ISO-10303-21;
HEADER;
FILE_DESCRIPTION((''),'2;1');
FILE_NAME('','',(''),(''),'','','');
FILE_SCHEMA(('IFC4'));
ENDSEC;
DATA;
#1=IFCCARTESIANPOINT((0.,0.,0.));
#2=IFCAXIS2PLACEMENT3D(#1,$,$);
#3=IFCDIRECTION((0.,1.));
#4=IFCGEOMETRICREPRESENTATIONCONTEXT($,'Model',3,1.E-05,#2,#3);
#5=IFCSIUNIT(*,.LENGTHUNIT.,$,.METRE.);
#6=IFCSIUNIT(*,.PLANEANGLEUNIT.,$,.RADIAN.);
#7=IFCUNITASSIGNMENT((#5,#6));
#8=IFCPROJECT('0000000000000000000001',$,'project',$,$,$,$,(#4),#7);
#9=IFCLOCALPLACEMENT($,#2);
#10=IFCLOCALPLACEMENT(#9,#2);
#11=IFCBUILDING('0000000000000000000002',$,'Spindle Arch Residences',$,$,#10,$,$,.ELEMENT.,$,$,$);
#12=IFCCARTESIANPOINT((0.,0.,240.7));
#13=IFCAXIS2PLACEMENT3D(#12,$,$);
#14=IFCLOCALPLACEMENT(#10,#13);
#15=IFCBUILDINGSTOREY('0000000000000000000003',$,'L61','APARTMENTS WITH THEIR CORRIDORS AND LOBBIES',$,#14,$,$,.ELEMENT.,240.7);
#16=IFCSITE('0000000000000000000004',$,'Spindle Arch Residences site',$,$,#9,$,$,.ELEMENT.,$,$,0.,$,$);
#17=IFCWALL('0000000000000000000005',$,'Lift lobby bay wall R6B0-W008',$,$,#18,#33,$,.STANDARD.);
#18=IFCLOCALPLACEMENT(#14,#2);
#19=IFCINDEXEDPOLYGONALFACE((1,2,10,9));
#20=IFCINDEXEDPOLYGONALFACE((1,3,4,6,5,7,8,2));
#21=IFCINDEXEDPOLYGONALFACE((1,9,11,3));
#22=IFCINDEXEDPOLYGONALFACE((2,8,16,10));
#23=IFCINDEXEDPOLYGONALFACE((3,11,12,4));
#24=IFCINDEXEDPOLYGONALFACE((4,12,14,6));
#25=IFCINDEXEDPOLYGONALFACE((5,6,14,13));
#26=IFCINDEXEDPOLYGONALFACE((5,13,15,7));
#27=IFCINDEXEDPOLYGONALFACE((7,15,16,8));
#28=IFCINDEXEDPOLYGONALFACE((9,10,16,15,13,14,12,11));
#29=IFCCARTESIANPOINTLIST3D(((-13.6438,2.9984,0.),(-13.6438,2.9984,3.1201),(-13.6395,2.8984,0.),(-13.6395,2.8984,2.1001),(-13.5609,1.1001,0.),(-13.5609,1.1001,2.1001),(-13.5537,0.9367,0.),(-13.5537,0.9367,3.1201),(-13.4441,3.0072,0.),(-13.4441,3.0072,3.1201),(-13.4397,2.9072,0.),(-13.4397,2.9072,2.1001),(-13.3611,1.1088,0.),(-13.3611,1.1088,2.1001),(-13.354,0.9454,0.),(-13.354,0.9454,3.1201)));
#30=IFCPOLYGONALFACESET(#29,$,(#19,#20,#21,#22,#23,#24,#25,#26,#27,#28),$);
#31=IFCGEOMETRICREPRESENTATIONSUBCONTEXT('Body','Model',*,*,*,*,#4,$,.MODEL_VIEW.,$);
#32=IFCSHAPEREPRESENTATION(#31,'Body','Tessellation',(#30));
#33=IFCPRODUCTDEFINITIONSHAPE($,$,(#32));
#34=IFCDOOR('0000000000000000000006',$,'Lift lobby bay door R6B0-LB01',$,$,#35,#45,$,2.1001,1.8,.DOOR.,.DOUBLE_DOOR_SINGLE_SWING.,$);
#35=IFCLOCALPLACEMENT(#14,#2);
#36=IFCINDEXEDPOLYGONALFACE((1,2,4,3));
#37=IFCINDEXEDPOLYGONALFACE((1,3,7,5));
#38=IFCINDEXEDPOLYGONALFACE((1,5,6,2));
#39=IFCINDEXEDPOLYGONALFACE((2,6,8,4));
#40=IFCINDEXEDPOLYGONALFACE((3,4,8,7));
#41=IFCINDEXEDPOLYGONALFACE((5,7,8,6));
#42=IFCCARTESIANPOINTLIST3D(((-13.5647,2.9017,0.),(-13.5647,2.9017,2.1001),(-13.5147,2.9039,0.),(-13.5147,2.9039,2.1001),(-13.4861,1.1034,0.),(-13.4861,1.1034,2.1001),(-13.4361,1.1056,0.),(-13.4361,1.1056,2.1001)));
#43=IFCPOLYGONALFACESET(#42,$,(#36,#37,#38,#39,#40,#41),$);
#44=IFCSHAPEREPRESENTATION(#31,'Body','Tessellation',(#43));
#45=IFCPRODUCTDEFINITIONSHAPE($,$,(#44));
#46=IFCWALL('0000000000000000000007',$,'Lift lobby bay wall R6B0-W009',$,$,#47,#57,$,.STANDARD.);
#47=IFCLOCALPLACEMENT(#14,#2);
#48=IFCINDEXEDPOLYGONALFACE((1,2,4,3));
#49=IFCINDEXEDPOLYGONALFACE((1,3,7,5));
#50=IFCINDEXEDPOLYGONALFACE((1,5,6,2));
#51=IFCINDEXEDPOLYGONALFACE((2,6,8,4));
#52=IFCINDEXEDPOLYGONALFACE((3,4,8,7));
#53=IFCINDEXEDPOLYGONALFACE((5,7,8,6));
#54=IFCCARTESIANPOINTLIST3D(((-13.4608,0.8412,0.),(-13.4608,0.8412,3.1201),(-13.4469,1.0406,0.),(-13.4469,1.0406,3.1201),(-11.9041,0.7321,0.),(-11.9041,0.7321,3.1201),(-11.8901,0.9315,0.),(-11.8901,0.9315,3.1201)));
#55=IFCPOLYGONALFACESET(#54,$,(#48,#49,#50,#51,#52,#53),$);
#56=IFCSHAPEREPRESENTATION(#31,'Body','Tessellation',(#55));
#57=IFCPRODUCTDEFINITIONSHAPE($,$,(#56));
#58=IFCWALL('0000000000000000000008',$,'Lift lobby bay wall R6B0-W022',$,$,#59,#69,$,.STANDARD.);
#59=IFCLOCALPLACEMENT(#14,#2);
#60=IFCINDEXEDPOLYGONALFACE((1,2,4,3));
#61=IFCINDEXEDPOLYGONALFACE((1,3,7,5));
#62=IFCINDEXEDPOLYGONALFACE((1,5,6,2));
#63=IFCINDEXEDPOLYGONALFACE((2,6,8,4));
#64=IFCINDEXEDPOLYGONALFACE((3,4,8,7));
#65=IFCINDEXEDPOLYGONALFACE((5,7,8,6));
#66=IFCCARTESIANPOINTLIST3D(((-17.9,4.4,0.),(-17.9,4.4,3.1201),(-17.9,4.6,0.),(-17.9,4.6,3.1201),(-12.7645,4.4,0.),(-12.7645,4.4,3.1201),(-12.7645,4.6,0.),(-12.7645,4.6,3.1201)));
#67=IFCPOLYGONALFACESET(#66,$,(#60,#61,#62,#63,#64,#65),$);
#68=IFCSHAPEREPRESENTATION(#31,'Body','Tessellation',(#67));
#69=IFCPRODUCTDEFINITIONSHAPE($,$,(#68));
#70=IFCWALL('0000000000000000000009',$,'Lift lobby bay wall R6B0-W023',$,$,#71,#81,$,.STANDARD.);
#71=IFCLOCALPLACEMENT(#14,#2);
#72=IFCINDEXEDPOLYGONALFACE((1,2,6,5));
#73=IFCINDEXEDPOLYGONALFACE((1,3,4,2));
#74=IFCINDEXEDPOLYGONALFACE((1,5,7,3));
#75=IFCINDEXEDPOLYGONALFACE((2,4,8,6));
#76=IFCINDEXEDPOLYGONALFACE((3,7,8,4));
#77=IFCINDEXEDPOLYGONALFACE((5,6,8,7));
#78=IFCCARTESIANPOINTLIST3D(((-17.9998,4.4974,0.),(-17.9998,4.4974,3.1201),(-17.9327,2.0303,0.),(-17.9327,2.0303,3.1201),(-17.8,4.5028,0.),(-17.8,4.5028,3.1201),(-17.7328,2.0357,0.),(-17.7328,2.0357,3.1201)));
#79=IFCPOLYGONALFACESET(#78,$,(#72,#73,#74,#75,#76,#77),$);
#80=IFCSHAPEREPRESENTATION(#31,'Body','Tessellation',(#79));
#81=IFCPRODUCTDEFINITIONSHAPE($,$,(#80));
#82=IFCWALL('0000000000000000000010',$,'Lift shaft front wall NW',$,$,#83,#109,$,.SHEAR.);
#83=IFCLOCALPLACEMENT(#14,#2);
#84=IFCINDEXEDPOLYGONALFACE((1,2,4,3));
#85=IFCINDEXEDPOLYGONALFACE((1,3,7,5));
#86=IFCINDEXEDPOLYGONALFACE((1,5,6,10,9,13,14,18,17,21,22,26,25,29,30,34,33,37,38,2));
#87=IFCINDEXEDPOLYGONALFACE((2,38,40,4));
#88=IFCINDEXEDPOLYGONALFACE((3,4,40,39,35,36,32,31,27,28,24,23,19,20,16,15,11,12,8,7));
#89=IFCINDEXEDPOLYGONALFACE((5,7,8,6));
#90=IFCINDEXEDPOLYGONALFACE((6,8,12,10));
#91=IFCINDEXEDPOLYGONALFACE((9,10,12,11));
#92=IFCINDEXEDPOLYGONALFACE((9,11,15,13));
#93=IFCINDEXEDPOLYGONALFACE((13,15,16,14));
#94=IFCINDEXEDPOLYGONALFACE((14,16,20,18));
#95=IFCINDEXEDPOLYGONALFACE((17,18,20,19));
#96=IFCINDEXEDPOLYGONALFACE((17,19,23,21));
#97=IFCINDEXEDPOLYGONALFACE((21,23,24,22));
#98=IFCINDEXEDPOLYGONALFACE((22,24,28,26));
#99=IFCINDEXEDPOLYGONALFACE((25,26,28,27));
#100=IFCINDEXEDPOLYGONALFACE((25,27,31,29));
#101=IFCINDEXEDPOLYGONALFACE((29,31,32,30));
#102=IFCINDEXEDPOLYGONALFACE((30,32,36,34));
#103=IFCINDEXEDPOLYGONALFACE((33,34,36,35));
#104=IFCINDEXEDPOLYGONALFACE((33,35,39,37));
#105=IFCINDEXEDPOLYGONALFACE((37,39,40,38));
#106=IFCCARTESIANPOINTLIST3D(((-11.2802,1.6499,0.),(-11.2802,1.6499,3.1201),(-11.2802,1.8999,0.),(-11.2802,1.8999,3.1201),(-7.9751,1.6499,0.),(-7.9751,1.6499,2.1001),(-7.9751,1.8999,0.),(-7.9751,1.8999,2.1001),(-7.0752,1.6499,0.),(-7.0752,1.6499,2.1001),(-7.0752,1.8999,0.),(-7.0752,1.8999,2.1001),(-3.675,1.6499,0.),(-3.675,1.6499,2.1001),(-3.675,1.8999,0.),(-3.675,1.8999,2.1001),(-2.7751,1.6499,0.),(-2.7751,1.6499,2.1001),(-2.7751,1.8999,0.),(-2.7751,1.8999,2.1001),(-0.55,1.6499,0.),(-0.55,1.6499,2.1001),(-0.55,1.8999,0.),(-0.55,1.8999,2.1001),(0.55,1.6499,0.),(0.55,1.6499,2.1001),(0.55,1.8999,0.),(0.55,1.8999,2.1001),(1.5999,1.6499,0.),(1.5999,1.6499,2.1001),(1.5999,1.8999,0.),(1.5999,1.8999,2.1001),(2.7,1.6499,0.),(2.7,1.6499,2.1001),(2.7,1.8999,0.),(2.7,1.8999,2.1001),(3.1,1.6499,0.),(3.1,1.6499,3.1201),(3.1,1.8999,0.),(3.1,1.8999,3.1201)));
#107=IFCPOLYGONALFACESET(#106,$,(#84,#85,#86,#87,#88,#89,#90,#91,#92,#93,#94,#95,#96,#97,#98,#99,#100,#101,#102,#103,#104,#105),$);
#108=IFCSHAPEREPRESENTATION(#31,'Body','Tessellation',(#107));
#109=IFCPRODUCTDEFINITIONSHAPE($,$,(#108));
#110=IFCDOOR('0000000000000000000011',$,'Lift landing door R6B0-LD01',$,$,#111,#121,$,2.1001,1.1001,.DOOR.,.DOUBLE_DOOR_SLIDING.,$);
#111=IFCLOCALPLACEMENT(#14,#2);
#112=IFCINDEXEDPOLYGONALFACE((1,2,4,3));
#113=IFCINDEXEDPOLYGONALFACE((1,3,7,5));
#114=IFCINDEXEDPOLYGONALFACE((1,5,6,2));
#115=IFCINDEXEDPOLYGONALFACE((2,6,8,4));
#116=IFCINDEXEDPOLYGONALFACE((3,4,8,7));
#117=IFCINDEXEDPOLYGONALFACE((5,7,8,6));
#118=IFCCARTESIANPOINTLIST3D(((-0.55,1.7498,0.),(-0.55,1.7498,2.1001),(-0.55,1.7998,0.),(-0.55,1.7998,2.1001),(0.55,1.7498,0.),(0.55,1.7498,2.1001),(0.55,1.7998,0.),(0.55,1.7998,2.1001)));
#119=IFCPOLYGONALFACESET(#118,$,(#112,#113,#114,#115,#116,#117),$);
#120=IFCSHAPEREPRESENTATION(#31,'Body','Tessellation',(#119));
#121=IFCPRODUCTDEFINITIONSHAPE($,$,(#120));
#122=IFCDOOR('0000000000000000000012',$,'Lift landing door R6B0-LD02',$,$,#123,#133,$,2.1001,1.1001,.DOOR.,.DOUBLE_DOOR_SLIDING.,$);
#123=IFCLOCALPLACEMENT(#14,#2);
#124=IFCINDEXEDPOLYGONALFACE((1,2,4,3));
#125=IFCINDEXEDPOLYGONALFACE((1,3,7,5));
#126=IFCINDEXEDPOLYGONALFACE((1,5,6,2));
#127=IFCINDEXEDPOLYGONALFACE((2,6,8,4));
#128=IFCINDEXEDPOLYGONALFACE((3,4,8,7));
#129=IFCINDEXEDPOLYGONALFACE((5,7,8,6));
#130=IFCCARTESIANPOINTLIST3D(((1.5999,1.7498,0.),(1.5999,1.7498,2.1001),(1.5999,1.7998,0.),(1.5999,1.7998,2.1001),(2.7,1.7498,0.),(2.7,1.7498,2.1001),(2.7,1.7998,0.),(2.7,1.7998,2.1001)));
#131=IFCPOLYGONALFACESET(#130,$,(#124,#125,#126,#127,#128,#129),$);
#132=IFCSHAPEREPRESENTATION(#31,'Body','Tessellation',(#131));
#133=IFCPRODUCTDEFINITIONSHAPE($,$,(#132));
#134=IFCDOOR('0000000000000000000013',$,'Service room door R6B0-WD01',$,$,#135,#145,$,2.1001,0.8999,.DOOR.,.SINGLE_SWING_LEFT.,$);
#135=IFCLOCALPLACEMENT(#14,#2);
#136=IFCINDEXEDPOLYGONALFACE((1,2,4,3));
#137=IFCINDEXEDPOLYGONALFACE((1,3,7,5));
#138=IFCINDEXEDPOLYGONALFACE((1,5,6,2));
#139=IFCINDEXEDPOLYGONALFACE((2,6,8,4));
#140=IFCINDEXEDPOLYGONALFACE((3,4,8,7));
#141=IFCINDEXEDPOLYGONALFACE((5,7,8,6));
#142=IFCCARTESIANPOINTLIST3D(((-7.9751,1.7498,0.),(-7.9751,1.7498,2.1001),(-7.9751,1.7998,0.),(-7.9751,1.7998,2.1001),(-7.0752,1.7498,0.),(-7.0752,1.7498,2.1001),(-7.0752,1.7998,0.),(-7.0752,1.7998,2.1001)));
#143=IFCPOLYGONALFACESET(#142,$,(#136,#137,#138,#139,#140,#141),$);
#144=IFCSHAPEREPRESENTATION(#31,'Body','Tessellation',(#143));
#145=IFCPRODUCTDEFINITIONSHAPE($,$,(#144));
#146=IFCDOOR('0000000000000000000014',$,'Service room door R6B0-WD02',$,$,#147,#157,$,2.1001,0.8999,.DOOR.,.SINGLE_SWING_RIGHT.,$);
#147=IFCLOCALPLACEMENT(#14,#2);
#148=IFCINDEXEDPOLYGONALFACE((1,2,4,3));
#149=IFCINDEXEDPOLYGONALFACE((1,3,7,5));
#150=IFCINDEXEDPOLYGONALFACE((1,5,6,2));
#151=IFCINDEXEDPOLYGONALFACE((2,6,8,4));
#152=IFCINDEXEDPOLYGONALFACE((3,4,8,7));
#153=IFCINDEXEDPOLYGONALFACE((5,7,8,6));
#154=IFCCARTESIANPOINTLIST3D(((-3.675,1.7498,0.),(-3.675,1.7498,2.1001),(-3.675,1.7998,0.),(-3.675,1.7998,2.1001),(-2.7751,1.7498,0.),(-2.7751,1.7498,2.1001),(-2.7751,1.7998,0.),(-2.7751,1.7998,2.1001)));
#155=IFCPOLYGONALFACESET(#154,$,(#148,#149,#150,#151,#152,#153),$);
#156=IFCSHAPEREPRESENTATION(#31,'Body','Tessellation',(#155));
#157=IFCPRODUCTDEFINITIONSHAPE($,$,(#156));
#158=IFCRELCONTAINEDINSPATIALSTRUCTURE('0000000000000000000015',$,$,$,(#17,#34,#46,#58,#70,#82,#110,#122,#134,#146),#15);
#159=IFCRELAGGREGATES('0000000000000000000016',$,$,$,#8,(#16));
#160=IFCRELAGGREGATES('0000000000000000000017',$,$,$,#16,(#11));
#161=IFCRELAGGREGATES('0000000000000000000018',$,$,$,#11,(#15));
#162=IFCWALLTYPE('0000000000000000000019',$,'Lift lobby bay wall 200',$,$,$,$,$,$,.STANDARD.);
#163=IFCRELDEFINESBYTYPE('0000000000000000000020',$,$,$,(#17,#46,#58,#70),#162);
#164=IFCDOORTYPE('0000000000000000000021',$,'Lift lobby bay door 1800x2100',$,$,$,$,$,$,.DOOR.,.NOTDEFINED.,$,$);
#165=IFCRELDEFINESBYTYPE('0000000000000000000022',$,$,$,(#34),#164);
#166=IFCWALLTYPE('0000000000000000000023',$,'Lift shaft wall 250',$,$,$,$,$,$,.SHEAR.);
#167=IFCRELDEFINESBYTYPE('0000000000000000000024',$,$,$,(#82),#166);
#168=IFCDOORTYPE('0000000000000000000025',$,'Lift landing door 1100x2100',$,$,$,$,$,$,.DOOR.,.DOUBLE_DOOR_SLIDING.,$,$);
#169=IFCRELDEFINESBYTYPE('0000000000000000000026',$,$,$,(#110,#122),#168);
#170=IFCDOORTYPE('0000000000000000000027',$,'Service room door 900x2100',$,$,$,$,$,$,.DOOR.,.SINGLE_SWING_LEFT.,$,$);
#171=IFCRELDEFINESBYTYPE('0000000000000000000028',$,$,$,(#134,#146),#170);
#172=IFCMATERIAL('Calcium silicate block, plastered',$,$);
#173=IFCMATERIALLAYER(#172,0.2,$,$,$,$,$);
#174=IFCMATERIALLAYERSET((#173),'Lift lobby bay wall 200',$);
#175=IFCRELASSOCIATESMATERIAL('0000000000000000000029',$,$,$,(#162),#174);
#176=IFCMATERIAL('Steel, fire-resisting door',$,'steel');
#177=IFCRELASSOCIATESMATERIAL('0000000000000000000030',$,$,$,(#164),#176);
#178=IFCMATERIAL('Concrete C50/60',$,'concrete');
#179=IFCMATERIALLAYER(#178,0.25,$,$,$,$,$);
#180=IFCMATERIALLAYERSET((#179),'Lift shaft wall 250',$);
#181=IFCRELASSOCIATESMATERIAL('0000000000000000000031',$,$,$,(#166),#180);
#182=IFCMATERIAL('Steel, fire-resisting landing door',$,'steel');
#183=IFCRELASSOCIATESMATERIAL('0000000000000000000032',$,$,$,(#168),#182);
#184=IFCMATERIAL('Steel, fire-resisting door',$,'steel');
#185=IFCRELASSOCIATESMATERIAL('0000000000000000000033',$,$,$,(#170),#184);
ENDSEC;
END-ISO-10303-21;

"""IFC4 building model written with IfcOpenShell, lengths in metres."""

from ifc_helpers import new_model, si_unit, direction, frame, frame_2d, origin, place, context, subcontext, project, spatial, rectangle, extrude, material, layer, layer_set, type_object, element, fill, save


model = new_model("IFC4")

# Units and contexts
model_context = context("Model", 3, precision=1e-05, world=origin(), true_north=direction((0.0, 1.0)))
body_context = subcontext(model_context, "Body", "Model", "MODEL_VIEW")
ifc_project = project(units=[si_unit("LENGTHUNIT", "METRE"), si_unit("PLANEANGLEUNIT", "RADIAN")], contexts=[model_context])

# Site, building, storey
site_placement = place(None, origin())
site = spatial("IfcSite", under=ifc_project, at=site_placement, Name="Spindle Arch Residences site", CompositionType="ELEMENT", RefElevation=0.0)
building_placement = place(site_placement, origin())
building = spatial("IfcBuilding", under=site, at=building_placement, Name="Spindle Arch Residences", CompositionType="ELEMENT")
storey_placement = place(building_placement, frame((0.0, 0.0, 240.7)))
storey = spatial("IfcBuildingStorey", under=building, at=storey_placement, Name="L61", Description="APARTMENTS WITH THEIR CORRIDORS AND LOBBIES", CompositionType="ELEMENT", Elevation=240.7)

# Wall, opening, door
ifc_material_1 = material(Name="Calcium silicate block, plastered")
ifc_layer_1 = layer(ifc_material_1, 0.2)
ifc_layer_set_1 = layer_set([ifc_layer_1], Name="Lift lobby bay wall 200")
wall_type_1 = type_object("IfcWallType", Name="Lift lobby bay wall 200", PredefinedType="STANDARD", material=ifc_layer_set_1)
wall_1_placement = place(storey_placement, frame((-13.5439, 3.0027, 0.0), z_axis=(0.0, 0.0, 1.0), x_axis=(0.043653, -0.999047, 0.0)))
wall_1 = element("IfcWall", 1, at=wall_1_placement, inside=storey, type_object=wall_type_1, Name="Lift lobby bay wall R6B0-W008", PredefinedType="STANDARD", context=body_context, shape_type="SweptSolid", body=[
    extrude(rectangle(XDim=2.0637, YDim=0.2, at=frame_2d((1.0317, 0.0))), origin(), (0.0, 0.0, 1.0), 3.1201),
])
opening_1_placement = place(wall_1_placement, frame((0.1001, 0.0, 0.0)))
opening_1 = element("IfcOpeningElement", 2, at=opening_1_placement, cuts=wall_1, PredefinedType="OPENING", context=body_context, shape_type="SweptSolid", body=[
    extrude(rectangle(XDim=1.8, YDim=2.1001, at=frame_2d((0.8999, 1.05))), frame((0.0, 0.1099, 0.0), z_axis=(0.0, -1.0, 0.0), x_axis=(1.0, 0.0, 0.0)), (0.0, 0.0, 1.0), 0.22),
])
ifc_material_2 = material(Name="Steel, fire-resisting door", Category="steel")
door_type_1 = type_object("IfcDoorType", Name="Lift lobby bay door 1800x2100", OperationType="NOTDEFINED", PredefinedType="DOOR", material=ifc_material_2)
door_1_placement = place(opening_1_placement, origin())
door_1 = element("IfcDoor", 3, at=door_1_placement, inside=storey, type_object=door_type_1, Name="Lift lobby bay door R6B0-LB01", OperationType="DOUBLE_DOOR_SINGLE_SWING", OverallHeight=2.1001, OverallWidth=1.8, PredefinedType="DOOR", context=body_context, shape_type="SweptSolid", body=[
    extrude(rectangle(XDim=1.8, YDim=2.1001, at=frame_2d((0.8999, 1.05))), frame((0.0, 0.0249, 0.0), z_axis=(0.0, -1.0, 0.0), x_axis=(1.0, 0.0, 0.0)), (0.0, 0.0, 1.0), 0.05),
])
fill(opening_1, door_1)

# Walls
wall_2_placement = place(storey_placement, frame((-13.4539, 0.9409, 0.0), z_axis=(0.0, 0.0, 1.0), x_axis=(0.997552, -0.069935, 0.0)))
element("IfcWall", 4, at=wall_2_placement, inside=storey, type_object=wall_type_1, Name="Lift lobby bay wall R6B0-W009", PredefinedType="STANDARD", context=body_context, shape_type="SweptSolid", body=[
    extrude(rectangle(XDim=1.5605, YDim=0.2, at=frame_2d((0.7803, 0.0))), origin(), (0.0, 0.0, 1.0), 3.1201),
])
wall_3_placement = place(storey_placement, frame((-12.7644, 4.5, 0.0), z_axis=(0.0, 0.0, 1.0), x_axis=(-1.0, 0.0, 0.0)))
element("IfcWall", 5, at=wall_3_placement, inside=storey, type_object=wall_type_1, Name="Lift lobby bay wall R6B0-W022", PredefinedType="STANDARD", context=body_context, shape_type="SweptSolid", body=[
    extrude(rectangle(XDim=5.1355, YDim=0.2, at=frame_2d((2.5679, 0.0))), origin(), (0.0, 0.0, 1.0), 3.1201),
])
wall_4_placement = place(storey_placement, frame((-17.8999, 4.5, 0.0), z_axis=(0.0, 0.0, 1.0), x_axis=(0.027204, -0.99963, 0.0)))
element("IfcWall", 6, at=wall_4_placement, inside=storey, type_object=wall_type_1, Name="Lift lobby bay wall R6B0-W023", PredefinedType="STANDARD", context=body_context, shape_type="SweptSolid", body=[
    extrude(rectangle(XDim=2.468, YDim=0.2, at=frame_2d((1.2339, 0.0))), origin(), (0.0, 0.0, 1.0), 3.1201),
])

# Wall, openings, doors
ifc_material_3 = material(Name="Concrete C50/60", Category="concrete")
ifc_layer_2 = layer(ifc_material_3, 0.25)
ifc_layer_set_2 = layer_set([ifc_layer_2], Name="Lift shaft wall 250")
wall_type_2 = type_object("IfcWallType", Name="Lift shaft wall 250", PredefinedType="SHEAR", material=ifc_layer_set_2)
wall_5_placement = place(storey_placement, frame((-11.28, 1.7749, 0.0), z_axis=(0.0, 0.0, 1.0), x_axis=(1.0, 0.0, 0.0)))
wall_5 = element("IfcWall", 7, at=wall_5_placement, inside=storey, type_object=wall_type_2, Name="Lift shaft front wall NW", PredefinedType="SHEAR", context=body_context, shape_type="SweptSolid", body=[
    extrude(rectangle(XDim=14.3801, YDim=0.25, at=frame_2d((7.1899, 0.0))), origin(), (0.0, 0.0, 1.0), 3.1201),
])
opening_2_placement = place(wall_5_placement, frame((10.73, 0.0, 0.0)))
opening_2 = element("IfcOpeningElement", 8, at=opening_2_placement, cuts=wall_5, PredefinedType="OPENING", context=body_context, shape_type="SweptSolid", body=[
    extrude(rectangle(XDim=1.1001, YDim=2.1001, at=frame_2d((0.55, 1.05))), frame((0.0, 0.135, 0.0), z_axis=(0.0, -1.0, 0.0), x_axis=(1.0, 0.0, 0.0)), (0.0, 0.0, 1.0), 0.27),
])
opening_3_placement = place(wall_5_placement, frame((12.8799, 0.0, 0.0)))
opening_3 = element("IfcOpeningElement", 9, at=opening_3_placement, cuts=wall_5, PredefinedType="OPENING", context=body_context, shape_type="SweptSolid", body=[
    extrude(rectangle(XDim=1.1001, YDim=2.1001, at=frame_2d((0.55, 1.05))), frame((0.0, 0.135, 0.0), z_axis=(0.0, -1.0, 0.0), x_axis=(1.0, 0.0, 0.0)), (0.0, 0.0, 1.0), 0.27),
])
opening_4_placement = place(wall_5_placement, frame((3.3049, 0.0, 0.0)))
opening_4 = element("IfcOpeningElement", 10, at=opening_4_placement, cuts=wall_5, PredefinedType="OPENING", context=body_context, shape_type="SweptSolid", body=[
    extrude(rectangle(XDim=0.8999, YDim=2.1001, at=frame_2d((0.45, 1.05))), frame((0.0, 0.135, 0.0), z_axis=(0.0, -1.0, 0.0), x_axis=(1.0, 0.0, 0.0)), (0.0, 0.0, 1.0), 0.27),
])
opening_5_placement = place(wall_5_placement, frame((7.605, 0.0, 0.0)))
opening_5 = element("IfcOpeningElement", 11, at=opening_5_placement, cuts=wall_5, PredefinedType="OPENING", context=body_context, shape_type="SweptSolid", body=[
    extrude(rectangle(XDim=0.8999, YDim=2.1001, at=frame_2d((0.45, 1.05))), frame((0.0, 0.135, 0.0), z_axis=(0.0, -1.0, 0.0), x_axis=(1.0, 0.0, 0.0)), (0.0, 0.0, 1.0), 0.27),
])
ifc_material_4 = material(Name="Steel, fire-resisting landing door", Category="steel")
door_type_2 = type_object("IfcDoorType", Name="Lift landing door 1100x2100", OperationType="DOUBLE_DOOR_SLIDING", PredefinedType="DOOR", material=ifc_material_4)
door_2_placement = place(opening_2_placement, origin())
door_2 = element("IfcDoor", 12, at=door_2_placement, inside=storey, type_object=door_type_2, Name="Lift landing door R6B0-LD01", OperationType="DOUBLE_DOOR_SLIDING", OverallHeight=2.1001, OverallWidth=1.1001, PredefinedType="DOOR", context=body_context, shape_type="SweptSolid", body=[
    extrude(rectangle(XDim=1.1001, YDim=2.1001, at=frame_2d((0.55, 1.05))), frame((0.0, 0.0249, 0.0), z_axis=(0.0, -1.0, 0.0), x_axis=(1.0, 0.0, 0.0)), (0.0, 0.0, 1.0), 0.05),
])
fill(opening_2, door_2)
door_3_placement = place(opening_3_placement, origin())
door_3 = element("IfcDoor", 13, at=door_3_placement, inside=storey, type_object=door_type_2, Name="Lift landing door R6B0-LD02", OperationType="DOUBLE_DOOR_SLIDING", OverallHeight=2.1001, OverallWidth=1.1001, PredefinedType="DOOR", context=body_context, shape_type="SweptSolid", body=[
    extrude(rectangle(XDim=1.1001, YDim=2.1001, at=frame_2d((0.55, 1.05))), frame((0.0, 0.0249, 0.0), z_axis=(0.0, -1.0, 0.0), x_axis=(1.0, 0.0, 0.0)), (0.0, 0.0, 1.0), 0.05),
])
fill(opening_3, door_3)
ifc_material_5 = material(Name="Steel, fire-resisting door", Category="steel")
door_type_3 = type_object("IfcDoorType", Name="Service room door 900x2100", OperationType="SINGLE_SWING_LEFT", PredefinedType="DOOR", material=ifc_material_5)
door_4_placement = place(opening_4_placement, origin())
door_4 = element("IfcDoor", 14, at=door_4_placement, inside=storey, type_object=door_type_3, Name="Service room door R6B0-WD01", OperationType="SINGLE_SWING_LEFT", OverallHeight=2.1001, OverallWidth=0.8999, PredefinedType="DOOR", context=body_context, shape_type="SweptSolid", body=[
    extrude(rectangle(XDim=0.8999, YDim=2.1001, at=frame_2d((0.45, 1.05))), frame((0.0, 0.0249, 0.0), z_axis=(0.0, -1.0, 0.0), x_axis=(1.0, 0.0, 0.0)), (0.0, 0.0, 1.0), 0.05),
])
fill(opening_4, door_4)
door_5_placement = place(opening_5_placement, origin())
door_5 = element("IfcDoor", 15, at=door_5_placement, inside=storey, type_object=door_type_3, Name="Service room door R6B0-WD02", OperationType="SINGLE_SWING_RIGHT", OverallHeight=2.1001, OverallWidth=0.8999, PredefinedType="DOOR", context=body_context, shape_type="SweptSolid", body=[
    extrude(rectangle(XDim=0.8999, YDim=2.1001, at=frame_2d((0.45, 1.05))), frame((0.0, 0.0249, 0.0), z_axis=(0.0, -1.0, 0.0), x_axis=(1.0, 0.0, 0.0)), (0.0, 0.0, 1.0), 0.05),
])
fill(opening_5, door_5)

save(model, "model.ifc")
